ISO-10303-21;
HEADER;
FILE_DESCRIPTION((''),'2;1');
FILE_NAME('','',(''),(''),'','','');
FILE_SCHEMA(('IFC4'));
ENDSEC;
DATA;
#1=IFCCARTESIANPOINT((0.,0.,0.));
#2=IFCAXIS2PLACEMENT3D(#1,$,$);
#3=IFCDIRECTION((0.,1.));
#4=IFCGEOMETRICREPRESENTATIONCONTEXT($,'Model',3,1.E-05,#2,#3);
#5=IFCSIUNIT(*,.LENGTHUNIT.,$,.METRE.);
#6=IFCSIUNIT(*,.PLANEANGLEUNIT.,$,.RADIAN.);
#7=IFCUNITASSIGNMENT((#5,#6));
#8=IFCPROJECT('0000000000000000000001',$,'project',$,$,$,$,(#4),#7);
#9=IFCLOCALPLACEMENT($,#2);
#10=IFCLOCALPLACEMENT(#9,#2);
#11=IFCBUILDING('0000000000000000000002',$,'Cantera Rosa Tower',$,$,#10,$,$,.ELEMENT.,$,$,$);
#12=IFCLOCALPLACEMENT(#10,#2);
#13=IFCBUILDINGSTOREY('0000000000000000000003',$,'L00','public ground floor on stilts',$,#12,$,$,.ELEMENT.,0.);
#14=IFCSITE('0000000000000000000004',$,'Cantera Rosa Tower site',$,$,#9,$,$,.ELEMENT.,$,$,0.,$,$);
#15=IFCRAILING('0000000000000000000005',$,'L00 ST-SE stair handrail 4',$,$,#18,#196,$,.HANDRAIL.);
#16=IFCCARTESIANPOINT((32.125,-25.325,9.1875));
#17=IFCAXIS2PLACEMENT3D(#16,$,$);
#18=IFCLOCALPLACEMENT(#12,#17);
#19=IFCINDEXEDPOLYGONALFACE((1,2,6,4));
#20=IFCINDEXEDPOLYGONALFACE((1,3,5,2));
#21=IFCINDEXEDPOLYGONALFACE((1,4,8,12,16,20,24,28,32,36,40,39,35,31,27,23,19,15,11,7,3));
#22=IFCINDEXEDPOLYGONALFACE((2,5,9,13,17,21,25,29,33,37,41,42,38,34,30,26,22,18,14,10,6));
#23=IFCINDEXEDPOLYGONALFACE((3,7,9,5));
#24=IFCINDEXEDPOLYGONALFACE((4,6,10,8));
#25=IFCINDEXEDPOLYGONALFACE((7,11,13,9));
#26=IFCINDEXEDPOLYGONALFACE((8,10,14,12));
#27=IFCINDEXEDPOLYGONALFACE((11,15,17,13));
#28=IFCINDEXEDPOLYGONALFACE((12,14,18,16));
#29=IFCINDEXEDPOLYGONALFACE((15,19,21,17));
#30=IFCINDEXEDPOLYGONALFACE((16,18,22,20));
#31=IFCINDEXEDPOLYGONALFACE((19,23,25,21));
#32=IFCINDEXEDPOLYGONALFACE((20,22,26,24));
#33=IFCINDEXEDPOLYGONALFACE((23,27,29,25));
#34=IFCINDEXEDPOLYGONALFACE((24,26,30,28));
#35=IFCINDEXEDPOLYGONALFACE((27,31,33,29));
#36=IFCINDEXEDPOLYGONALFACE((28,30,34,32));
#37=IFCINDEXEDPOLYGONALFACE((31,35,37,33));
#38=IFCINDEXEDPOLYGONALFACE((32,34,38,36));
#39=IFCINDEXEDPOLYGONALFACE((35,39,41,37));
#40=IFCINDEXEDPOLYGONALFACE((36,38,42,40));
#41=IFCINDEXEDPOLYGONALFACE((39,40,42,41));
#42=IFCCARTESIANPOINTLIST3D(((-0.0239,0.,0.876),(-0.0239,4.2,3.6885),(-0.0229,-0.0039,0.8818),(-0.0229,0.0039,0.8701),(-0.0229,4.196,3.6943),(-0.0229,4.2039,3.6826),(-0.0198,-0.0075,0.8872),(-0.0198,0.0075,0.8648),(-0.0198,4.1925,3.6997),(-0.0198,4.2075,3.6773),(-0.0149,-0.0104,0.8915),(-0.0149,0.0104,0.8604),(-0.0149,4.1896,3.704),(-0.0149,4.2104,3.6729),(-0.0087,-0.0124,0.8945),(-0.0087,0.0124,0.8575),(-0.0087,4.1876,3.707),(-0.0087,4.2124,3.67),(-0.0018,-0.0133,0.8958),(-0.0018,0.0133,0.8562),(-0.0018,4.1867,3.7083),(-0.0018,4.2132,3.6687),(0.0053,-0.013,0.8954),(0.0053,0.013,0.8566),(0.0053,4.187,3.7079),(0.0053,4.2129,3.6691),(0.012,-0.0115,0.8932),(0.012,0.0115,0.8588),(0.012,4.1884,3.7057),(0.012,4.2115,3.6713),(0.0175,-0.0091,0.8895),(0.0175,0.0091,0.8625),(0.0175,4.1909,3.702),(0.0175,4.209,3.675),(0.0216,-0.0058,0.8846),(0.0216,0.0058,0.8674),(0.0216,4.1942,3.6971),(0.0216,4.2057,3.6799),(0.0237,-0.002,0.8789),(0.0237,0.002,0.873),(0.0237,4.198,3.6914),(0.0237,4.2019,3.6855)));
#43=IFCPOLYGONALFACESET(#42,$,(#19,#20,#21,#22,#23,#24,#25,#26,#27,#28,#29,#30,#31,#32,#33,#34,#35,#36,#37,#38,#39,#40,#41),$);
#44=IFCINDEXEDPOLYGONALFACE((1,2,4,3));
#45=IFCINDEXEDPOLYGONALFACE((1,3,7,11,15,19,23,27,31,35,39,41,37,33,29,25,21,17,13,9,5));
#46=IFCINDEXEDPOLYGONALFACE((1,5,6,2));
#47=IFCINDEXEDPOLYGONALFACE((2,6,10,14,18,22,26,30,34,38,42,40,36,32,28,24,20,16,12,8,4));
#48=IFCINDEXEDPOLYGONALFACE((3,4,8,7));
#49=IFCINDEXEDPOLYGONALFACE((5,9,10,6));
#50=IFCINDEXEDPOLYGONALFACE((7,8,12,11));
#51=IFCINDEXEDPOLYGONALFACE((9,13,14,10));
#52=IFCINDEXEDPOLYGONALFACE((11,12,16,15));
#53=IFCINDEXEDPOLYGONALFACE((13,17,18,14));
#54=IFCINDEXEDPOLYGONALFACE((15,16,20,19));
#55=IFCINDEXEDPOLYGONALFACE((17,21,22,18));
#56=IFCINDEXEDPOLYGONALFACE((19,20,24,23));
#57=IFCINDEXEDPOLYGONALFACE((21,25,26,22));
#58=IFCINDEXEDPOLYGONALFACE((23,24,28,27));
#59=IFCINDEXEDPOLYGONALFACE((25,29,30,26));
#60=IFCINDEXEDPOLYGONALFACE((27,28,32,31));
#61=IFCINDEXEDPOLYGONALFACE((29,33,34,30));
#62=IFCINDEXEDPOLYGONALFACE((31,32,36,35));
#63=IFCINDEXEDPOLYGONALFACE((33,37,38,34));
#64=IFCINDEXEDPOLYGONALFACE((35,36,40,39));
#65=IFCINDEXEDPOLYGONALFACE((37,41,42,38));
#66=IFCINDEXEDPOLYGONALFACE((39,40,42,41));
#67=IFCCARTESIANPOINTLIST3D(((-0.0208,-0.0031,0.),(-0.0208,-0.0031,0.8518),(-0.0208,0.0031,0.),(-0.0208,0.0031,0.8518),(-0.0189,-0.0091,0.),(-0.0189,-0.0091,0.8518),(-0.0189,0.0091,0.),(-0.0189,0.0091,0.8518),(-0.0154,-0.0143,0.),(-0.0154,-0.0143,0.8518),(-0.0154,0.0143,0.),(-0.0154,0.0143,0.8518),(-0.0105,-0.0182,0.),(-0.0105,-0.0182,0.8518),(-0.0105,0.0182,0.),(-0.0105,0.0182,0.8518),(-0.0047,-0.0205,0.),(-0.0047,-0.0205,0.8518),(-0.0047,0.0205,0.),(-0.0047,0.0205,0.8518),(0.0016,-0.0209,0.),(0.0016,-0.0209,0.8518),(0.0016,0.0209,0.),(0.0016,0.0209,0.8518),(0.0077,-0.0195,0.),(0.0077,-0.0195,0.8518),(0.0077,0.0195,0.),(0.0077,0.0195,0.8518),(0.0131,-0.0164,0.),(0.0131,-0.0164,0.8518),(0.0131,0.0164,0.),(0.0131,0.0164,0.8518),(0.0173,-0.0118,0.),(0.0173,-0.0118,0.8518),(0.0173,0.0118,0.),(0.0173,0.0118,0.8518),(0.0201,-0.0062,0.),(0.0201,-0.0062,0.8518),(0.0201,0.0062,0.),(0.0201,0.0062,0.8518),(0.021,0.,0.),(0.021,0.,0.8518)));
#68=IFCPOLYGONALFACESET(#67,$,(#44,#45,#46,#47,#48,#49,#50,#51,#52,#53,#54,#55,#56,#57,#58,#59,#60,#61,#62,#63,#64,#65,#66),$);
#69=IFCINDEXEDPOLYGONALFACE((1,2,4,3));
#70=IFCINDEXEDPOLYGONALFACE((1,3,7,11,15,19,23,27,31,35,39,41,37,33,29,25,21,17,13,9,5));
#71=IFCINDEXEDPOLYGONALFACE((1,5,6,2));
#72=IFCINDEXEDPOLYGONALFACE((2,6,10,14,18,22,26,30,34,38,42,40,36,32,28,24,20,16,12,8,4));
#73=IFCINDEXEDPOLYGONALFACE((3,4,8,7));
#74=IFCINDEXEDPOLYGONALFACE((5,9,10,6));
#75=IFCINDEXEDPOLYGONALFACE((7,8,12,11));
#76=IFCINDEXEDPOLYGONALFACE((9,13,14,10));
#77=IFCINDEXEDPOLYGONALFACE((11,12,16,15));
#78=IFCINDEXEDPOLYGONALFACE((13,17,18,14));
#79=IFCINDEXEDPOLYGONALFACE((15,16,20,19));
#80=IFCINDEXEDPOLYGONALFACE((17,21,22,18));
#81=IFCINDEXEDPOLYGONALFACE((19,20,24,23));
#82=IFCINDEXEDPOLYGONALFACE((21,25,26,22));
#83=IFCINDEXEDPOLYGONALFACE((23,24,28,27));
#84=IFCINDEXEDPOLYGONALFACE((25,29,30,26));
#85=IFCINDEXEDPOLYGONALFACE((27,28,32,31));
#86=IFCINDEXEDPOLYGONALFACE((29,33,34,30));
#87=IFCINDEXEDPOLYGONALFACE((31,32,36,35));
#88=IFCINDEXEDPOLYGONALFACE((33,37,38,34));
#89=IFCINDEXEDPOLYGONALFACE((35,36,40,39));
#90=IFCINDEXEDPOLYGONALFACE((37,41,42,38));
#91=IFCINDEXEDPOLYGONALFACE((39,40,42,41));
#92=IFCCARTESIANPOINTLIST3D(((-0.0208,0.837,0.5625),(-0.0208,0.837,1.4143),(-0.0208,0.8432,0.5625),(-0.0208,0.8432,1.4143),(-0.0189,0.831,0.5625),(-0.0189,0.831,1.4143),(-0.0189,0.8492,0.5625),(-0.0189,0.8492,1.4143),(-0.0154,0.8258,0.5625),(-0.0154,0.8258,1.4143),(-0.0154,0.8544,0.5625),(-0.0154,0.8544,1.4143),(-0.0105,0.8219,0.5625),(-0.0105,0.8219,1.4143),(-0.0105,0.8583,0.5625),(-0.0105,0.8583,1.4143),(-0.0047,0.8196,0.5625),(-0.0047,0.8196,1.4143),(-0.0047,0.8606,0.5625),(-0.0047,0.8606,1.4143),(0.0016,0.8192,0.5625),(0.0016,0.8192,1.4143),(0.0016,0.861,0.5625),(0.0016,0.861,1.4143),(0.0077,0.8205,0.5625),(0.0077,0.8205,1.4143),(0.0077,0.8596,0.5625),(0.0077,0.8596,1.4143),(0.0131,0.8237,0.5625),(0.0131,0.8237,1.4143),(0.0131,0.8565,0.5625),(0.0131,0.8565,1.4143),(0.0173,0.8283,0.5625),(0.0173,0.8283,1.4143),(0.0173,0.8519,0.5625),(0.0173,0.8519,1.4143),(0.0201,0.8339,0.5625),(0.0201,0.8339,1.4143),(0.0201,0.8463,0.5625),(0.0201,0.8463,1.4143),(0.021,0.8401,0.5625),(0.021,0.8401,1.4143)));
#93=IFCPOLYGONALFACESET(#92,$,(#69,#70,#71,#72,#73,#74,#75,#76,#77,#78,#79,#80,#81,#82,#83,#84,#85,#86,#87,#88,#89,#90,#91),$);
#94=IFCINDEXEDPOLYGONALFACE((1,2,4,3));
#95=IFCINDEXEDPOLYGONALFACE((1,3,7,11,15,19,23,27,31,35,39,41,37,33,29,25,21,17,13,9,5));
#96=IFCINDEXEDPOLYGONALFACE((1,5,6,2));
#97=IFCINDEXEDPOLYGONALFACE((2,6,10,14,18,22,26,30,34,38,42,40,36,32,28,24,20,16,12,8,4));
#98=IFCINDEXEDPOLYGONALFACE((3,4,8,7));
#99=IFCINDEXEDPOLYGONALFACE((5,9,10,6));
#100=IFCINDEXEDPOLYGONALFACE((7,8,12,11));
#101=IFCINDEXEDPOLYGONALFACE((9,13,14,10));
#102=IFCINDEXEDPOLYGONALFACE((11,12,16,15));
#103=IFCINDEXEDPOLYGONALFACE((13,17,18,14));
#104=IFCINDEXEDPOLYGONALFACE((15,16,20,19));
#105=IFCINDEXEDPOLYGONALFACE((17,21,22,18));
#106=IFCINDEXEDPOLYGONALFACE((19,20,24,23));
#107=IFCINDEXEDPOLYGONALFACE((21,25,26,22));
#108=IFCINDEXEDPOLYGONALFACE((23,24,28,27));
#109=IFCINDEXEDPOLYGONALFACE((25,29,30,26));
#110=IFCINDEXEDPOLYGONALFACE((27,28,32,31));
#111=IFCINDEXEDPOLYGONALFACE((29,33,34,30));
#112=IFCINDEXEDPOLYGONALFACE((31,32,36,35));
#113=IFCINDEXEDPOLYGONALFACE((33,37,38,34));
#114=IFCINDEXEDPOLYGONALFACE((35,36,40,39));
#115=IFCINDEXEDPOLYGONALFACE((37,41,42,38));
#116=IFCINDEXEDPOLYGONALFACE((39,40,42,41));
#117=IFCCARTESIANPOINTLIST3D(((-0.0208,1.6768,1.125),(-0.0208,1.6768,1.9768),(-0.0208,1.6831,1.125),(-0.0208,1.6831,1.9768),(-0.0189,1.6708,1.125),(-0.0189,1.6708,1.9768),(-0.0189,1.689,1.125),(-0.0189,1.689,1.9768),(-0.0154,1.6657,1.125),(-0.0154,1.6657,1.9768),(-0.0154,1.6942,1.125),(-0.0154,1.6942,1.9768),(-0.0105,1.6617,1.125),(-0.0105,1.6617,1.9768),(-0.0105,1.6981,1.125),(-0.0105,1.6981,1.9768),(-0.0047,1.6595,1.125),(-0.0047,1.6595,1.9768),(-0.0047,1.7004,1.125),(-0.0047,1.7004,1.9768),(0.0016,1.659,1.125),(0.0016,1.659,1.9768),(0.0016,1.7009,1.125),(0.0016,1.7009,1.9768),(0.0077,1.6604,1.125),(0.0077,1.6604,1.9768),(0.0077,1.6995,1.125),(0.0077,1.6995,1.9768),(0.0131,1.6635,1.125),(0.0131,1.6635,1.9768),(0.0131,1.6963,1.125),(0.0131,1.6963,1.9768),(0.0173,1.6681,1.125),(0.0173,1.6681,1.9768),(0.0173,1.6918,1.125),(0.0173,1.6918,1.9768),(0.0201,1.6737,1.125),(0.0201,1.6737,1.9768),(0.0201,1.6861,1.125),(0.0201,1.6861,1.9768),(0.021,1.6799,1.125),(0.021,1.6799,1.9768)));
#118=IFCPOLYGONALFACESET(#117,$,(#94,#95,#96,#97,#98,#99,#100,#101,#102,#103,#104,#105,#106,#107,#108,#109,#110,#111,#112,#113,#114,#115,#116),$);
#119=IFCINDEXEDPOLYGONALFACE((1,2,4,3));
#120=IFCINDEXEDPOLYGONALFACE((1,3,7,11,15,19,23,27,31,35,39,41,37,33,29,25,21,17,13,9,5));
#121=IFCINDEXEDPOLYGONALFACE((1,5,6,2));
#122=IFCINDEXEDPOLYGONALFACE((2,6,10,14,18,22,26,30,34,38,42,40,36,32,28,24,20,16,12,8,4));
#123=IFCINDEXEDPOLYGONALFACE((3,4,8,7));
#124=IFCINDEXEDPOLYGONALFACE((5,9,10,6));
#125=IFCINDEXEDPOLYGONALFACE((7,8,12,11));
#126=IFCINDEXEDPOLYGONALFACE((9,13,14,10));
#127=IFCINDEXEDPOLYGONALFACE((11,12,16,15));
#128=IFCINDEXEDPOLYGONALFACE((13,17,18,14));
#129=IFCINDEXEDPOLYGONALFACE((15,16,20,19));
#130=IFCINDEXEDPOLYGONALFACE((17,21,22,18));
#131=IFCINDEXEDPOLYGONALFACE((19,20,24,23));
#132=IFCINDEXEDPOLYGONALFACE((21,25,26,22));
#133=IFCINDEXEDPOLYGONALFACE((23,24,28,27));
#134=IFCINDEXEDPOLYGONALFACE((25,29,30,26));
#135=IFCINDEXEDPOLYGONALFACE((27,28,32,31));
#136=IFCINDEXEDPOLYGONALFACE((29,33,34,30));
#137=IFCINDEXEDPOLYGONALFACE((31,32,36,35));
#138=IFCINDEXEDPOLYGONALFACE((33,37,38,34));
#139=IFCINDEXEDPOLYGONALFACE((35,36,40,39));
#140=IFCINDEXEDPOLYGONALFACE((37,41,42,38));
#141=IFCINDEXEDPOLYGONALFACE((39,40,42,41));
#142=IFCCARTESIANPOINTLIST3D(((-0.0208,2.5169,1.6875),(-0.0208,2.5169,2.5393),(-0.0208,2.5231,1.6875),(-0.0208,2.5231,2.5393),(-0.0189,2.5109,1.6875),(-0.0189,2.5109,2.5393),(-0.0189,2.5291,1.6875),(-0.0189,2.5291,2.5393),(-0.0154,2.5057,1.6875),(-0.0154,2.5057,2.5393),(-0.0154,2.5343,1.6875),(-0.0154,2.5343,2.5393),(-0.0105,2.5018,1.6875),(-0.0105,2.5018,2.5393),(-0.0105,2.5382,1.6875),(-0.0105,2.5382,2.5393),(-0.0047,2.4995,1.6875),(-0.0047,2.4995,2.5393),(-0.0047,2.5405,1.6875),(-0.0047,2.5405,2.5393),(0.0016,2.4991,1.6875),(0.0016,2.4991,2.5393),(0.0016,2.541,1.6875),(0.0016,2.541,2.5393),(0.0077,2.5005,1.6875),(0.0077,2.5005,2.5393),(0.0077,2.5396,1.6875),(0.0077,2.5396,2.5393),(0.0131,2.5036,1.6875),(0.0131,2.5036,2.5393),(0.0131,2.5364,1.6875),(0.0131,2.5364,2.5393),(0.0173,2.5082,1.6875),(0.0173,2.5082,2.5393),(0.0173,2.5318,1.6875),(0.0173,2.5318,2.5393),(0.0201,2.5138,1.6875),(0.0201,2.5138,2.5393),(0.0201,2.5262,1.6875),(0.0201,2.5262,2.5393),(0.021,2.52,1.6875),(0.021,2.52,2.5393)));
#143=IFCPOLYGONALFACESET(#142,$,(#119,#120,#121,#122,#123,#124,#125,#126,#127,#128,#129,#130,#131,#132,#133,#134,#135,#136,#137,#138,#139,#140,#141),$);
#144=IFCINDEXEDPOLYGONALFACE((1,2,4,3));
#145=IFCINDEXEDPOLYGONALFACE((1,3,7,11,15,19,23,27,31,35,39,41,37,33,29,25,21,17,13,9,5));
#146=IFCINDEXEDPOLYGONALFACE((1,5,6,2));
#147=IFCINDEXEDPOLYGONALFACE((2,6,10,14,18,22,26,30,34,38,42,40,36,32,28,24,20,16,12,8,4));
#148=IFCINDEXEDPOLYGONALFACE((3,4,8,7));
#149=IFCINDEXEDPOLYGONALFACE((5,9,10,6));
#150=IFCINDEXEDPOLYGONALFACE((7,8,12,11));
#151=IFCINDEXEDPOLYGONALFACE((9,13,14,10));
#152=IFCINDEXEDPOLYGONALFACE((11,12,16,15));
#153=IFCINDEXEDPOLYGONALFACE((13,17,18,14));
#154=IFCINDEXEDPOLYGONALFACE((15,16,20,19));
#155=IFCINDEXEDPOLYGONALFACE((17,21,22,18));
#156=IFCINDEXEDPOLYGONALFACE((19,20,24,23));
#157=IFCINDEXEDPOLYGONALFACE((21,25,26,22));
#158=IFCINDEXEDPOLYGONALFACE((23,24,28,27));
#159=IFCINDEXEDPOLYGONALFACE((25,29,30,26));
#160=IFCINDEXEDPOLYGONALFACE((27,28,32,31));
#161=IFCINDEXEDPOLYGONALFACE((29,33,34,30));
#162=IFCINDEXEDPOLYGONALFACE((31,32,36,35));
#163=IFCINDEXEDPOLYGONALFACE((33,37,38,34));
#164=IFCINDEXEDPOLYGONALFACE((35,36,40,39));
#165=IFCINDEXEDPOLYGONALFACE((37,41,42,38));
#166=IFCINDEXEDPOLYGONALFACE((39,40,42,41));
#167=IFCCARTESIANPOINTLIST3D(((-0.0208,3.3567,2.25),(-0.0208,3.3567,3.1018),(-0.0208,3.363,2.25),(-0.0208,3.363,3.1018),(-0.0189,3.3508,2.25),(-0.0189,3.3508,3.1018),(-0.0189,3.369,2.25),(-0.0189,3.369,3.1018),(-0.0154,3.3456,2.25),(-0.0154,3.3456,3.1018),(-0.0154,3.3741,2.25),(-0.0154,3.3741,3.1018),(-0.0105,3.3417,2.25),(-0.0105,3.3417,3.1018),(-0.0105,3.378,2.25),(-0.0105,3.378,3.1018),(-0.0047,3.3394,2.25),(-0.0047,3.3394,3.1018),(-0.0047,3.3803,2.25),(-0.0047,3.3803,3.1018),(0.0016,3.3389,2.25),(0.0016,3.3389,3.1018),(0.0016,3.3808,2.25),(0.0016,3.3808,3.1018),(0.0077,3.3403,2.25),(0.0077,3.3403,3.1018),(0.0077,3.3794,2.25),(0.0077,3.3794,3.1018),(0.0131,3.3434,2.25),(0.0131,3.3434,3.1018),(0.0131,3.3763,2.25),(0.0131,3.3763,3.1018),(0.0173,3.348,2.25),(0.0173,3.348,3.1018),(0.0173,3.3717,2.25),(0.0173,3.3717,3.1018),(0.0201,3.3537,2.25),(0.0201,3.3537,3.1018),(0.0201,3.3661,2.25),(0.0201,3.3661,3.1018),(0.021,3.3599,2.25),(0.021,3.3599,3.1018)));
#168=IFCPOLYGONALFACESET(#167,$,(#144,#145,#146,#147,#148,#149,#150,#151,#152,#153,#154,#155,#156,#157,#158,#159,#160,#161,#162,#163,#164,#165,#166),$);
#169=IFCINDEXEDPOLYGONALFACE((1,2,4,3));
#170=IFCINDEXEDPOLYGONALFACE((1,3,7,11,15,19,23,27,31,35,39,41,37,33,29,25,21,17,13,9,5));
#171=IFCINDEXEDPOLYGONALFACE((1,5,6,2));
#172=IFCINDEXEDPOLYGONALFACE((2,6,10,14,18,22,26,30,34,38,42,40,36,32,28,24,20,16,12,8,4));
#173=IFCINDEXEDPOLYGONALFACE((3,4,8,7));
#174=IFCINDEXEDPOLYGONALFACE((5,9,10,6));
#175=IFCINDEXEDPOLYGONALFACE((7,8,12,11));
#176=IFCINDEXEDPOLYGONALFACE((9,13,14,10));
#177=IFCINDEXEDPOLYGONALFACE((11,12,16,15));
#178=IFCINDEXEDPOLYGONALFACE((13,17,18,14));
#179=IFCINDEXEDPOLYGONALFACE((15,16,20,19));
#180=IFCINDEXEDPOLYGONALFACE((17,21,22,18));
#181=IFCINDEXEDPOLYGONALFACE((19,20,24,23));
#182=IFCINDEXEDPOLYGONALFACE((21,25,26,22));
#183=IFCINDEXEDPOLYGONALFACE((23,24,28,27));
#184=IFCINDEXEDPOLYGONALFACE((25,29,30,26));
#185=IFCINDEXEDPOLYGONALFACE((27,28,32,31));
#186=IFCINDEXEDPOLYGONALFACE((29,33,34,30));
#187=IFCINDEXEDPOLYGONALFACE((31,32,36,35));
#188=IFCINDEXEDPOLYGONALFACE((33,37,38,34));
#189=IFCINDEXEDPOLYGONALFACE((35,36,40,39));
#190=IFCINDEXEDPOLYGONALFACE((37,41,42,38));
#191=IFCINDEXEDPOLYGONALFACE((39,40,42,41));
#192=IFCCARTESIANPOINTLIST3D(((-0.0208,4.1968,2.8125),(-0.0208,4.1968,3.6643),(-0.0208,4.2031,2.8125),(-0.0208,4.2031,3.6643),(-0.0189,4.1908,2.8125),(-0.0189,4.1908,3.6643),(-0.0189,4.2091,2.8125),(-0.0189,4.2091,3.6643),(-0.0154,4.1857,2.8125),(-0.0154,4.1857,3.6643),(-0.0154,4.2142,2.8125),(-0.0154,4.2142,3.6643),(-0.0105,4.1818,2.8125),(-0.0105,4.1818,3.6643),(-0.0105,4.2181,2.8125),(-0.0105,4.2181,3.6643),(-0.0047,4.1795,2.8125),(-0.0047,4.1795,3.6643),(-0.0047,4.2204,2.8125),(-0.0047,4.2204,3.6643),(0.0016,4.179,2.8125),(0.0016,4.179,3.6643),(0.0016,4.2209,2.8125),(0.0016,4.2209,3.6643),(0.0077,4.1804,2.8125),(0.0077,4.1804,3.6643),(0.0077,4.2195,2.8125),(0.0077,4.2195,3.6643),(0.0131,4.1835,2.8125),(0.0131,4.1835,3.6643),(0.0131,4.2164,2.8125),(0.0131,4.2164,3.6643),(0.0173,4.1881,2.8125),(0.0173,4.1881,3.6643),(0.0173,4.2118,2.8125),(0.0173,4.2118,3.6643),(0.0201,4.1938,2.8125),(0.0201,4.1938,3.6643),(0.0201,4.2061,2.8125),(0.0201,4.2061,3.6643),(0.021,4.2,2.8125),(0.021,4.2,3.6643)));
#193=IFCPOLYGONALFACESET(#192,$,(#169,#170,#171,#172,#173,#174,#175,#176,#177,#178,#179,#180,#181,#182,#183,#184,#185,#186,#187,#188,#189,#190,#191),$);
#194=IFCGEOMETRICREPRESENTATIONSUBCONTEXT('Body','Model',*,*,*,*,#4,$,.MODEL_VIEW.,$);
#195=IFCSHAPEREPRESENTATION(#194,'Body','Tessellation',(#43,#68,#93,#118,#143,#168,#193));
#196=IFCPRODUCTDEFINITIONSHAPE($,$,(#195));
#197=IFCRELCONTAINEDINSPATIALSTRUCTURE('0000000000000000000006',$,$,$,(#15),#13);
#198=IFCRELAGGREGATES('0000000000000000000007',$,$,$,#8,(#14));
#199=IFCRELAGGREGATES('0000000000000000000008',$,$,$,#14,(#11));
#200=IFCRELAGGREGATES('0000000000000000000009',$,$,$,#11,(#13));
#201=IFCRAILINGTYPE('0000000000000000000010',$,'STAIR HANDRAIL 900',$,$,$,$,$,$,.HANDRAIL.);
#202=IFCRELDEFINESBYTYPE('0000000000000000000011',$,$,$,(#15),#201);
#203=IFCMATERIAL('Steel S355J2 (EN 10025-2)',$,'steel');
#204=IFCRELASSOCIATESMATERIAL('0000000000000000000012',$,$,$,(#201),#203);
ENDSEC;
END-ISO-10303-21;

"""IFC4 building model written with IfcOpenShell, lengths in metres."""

from ifc_helpers import new_model, si_unit, direction, frame, origin, origin_2d, place, context, subcontext, project, spatial, circle, extrude, material, type_object, element, save


model = new_model("IFC4")

# Units and contexts
model_context = context("Model", 3, precision=1e-05, world=origin(), true_north=direction((0.0, 1.0)))
body_context = subcontext(model_context, "Body", "Model", "MODEL_VIEW")
ifc_project = project(units=[si_unit("LENGTHUNIT", "METRE"), si_unit("PLANEANGLEUNIT", "RADIAN")], contexts=[model_context])

# Site, building, storey
site_placement = place(None, origin())
site = spatial("IfcSite", under=ifc_project, at=site_placement, Name="Cantera Rosa Tower site", CompositionType="ELEMENT", RefElevation=0.0)
building_placement = place(site_placement, origin())
building = spatial("IfcBuilding", under=site, at=building_placement, Name="Cantera Rosa Tower", CompositionType="ELEMENT")
storey_placement = place(building_placement, origin())
storey = spatial("IfcBuildingStorey", under=building, at=storey_placement, Name="L00", Description="public ground floor on stilts", CompositionType="ELEMENT", Elevation=0.0)

# Railing
ifc_material_1 = material(Name="Steel S355J2 (EN 10025-2)", Category="steel")
railing_type = type_object("IfcRailingType", Name="STAIR HANDRAIL 900", PredefinedType="HANDRAIL", material=ifc_material_1)
railing_placement = place(storey_placement, frame((32.125, -25.325, 9.1875)))
element("IfcRailing", 1, at=railing_placement, inside=storey, type_object=railing_type, Name="L00 ST-SE stair handrail 4", PredefinedType="HANDRAIL", context=body_context, shape_type="SweptSolid", body=[
    extrude(circle(Radius=0.0239, at=origin_2d()), frame((0.0, 0.0, 0.876), z_axis=(0.0, 0.830904, 0.556416), x_axis=(-1.0, 0.0, 0.0)), (0.0, 0.0, 1.0), 5.0547),
    extrude(circle(Radius=0.021, at=origin_2d()), origin(), (0.0, 0.0, 1.0), 0.8518),
    extrude(circle(Radius=0.021, at=origin_2d()), frame((0.0, 0.8401, 0.5625)), (0.0, 0.0, 1.0), 0.8518),
    extrude(circle(Radius=0.021, at=origin_2d()), frame((0.0, 1.6799, 1.125)), (0.0, 0.0, 1.0), 0.8518),
    extrude(circle(Radius=0.021, at=origin_2d()), frame((0.0, 2.52, 1.6875)), (0.0, 0.0, 1.0), 0.8518),
    extrude(circle(Radius=0.021, at=origin_2d()), frame((0.0, 3.3599, 2.25)), (0.0, 0.0, 1.0), 0.8518),
    extrude(circle(Radius=0.021, at=origin_2d()), frame((0.0, 4.2, 2.8125)), (0.0, 0.0, 1.0), 0.8518),
])

save(model, "model.ifc")
